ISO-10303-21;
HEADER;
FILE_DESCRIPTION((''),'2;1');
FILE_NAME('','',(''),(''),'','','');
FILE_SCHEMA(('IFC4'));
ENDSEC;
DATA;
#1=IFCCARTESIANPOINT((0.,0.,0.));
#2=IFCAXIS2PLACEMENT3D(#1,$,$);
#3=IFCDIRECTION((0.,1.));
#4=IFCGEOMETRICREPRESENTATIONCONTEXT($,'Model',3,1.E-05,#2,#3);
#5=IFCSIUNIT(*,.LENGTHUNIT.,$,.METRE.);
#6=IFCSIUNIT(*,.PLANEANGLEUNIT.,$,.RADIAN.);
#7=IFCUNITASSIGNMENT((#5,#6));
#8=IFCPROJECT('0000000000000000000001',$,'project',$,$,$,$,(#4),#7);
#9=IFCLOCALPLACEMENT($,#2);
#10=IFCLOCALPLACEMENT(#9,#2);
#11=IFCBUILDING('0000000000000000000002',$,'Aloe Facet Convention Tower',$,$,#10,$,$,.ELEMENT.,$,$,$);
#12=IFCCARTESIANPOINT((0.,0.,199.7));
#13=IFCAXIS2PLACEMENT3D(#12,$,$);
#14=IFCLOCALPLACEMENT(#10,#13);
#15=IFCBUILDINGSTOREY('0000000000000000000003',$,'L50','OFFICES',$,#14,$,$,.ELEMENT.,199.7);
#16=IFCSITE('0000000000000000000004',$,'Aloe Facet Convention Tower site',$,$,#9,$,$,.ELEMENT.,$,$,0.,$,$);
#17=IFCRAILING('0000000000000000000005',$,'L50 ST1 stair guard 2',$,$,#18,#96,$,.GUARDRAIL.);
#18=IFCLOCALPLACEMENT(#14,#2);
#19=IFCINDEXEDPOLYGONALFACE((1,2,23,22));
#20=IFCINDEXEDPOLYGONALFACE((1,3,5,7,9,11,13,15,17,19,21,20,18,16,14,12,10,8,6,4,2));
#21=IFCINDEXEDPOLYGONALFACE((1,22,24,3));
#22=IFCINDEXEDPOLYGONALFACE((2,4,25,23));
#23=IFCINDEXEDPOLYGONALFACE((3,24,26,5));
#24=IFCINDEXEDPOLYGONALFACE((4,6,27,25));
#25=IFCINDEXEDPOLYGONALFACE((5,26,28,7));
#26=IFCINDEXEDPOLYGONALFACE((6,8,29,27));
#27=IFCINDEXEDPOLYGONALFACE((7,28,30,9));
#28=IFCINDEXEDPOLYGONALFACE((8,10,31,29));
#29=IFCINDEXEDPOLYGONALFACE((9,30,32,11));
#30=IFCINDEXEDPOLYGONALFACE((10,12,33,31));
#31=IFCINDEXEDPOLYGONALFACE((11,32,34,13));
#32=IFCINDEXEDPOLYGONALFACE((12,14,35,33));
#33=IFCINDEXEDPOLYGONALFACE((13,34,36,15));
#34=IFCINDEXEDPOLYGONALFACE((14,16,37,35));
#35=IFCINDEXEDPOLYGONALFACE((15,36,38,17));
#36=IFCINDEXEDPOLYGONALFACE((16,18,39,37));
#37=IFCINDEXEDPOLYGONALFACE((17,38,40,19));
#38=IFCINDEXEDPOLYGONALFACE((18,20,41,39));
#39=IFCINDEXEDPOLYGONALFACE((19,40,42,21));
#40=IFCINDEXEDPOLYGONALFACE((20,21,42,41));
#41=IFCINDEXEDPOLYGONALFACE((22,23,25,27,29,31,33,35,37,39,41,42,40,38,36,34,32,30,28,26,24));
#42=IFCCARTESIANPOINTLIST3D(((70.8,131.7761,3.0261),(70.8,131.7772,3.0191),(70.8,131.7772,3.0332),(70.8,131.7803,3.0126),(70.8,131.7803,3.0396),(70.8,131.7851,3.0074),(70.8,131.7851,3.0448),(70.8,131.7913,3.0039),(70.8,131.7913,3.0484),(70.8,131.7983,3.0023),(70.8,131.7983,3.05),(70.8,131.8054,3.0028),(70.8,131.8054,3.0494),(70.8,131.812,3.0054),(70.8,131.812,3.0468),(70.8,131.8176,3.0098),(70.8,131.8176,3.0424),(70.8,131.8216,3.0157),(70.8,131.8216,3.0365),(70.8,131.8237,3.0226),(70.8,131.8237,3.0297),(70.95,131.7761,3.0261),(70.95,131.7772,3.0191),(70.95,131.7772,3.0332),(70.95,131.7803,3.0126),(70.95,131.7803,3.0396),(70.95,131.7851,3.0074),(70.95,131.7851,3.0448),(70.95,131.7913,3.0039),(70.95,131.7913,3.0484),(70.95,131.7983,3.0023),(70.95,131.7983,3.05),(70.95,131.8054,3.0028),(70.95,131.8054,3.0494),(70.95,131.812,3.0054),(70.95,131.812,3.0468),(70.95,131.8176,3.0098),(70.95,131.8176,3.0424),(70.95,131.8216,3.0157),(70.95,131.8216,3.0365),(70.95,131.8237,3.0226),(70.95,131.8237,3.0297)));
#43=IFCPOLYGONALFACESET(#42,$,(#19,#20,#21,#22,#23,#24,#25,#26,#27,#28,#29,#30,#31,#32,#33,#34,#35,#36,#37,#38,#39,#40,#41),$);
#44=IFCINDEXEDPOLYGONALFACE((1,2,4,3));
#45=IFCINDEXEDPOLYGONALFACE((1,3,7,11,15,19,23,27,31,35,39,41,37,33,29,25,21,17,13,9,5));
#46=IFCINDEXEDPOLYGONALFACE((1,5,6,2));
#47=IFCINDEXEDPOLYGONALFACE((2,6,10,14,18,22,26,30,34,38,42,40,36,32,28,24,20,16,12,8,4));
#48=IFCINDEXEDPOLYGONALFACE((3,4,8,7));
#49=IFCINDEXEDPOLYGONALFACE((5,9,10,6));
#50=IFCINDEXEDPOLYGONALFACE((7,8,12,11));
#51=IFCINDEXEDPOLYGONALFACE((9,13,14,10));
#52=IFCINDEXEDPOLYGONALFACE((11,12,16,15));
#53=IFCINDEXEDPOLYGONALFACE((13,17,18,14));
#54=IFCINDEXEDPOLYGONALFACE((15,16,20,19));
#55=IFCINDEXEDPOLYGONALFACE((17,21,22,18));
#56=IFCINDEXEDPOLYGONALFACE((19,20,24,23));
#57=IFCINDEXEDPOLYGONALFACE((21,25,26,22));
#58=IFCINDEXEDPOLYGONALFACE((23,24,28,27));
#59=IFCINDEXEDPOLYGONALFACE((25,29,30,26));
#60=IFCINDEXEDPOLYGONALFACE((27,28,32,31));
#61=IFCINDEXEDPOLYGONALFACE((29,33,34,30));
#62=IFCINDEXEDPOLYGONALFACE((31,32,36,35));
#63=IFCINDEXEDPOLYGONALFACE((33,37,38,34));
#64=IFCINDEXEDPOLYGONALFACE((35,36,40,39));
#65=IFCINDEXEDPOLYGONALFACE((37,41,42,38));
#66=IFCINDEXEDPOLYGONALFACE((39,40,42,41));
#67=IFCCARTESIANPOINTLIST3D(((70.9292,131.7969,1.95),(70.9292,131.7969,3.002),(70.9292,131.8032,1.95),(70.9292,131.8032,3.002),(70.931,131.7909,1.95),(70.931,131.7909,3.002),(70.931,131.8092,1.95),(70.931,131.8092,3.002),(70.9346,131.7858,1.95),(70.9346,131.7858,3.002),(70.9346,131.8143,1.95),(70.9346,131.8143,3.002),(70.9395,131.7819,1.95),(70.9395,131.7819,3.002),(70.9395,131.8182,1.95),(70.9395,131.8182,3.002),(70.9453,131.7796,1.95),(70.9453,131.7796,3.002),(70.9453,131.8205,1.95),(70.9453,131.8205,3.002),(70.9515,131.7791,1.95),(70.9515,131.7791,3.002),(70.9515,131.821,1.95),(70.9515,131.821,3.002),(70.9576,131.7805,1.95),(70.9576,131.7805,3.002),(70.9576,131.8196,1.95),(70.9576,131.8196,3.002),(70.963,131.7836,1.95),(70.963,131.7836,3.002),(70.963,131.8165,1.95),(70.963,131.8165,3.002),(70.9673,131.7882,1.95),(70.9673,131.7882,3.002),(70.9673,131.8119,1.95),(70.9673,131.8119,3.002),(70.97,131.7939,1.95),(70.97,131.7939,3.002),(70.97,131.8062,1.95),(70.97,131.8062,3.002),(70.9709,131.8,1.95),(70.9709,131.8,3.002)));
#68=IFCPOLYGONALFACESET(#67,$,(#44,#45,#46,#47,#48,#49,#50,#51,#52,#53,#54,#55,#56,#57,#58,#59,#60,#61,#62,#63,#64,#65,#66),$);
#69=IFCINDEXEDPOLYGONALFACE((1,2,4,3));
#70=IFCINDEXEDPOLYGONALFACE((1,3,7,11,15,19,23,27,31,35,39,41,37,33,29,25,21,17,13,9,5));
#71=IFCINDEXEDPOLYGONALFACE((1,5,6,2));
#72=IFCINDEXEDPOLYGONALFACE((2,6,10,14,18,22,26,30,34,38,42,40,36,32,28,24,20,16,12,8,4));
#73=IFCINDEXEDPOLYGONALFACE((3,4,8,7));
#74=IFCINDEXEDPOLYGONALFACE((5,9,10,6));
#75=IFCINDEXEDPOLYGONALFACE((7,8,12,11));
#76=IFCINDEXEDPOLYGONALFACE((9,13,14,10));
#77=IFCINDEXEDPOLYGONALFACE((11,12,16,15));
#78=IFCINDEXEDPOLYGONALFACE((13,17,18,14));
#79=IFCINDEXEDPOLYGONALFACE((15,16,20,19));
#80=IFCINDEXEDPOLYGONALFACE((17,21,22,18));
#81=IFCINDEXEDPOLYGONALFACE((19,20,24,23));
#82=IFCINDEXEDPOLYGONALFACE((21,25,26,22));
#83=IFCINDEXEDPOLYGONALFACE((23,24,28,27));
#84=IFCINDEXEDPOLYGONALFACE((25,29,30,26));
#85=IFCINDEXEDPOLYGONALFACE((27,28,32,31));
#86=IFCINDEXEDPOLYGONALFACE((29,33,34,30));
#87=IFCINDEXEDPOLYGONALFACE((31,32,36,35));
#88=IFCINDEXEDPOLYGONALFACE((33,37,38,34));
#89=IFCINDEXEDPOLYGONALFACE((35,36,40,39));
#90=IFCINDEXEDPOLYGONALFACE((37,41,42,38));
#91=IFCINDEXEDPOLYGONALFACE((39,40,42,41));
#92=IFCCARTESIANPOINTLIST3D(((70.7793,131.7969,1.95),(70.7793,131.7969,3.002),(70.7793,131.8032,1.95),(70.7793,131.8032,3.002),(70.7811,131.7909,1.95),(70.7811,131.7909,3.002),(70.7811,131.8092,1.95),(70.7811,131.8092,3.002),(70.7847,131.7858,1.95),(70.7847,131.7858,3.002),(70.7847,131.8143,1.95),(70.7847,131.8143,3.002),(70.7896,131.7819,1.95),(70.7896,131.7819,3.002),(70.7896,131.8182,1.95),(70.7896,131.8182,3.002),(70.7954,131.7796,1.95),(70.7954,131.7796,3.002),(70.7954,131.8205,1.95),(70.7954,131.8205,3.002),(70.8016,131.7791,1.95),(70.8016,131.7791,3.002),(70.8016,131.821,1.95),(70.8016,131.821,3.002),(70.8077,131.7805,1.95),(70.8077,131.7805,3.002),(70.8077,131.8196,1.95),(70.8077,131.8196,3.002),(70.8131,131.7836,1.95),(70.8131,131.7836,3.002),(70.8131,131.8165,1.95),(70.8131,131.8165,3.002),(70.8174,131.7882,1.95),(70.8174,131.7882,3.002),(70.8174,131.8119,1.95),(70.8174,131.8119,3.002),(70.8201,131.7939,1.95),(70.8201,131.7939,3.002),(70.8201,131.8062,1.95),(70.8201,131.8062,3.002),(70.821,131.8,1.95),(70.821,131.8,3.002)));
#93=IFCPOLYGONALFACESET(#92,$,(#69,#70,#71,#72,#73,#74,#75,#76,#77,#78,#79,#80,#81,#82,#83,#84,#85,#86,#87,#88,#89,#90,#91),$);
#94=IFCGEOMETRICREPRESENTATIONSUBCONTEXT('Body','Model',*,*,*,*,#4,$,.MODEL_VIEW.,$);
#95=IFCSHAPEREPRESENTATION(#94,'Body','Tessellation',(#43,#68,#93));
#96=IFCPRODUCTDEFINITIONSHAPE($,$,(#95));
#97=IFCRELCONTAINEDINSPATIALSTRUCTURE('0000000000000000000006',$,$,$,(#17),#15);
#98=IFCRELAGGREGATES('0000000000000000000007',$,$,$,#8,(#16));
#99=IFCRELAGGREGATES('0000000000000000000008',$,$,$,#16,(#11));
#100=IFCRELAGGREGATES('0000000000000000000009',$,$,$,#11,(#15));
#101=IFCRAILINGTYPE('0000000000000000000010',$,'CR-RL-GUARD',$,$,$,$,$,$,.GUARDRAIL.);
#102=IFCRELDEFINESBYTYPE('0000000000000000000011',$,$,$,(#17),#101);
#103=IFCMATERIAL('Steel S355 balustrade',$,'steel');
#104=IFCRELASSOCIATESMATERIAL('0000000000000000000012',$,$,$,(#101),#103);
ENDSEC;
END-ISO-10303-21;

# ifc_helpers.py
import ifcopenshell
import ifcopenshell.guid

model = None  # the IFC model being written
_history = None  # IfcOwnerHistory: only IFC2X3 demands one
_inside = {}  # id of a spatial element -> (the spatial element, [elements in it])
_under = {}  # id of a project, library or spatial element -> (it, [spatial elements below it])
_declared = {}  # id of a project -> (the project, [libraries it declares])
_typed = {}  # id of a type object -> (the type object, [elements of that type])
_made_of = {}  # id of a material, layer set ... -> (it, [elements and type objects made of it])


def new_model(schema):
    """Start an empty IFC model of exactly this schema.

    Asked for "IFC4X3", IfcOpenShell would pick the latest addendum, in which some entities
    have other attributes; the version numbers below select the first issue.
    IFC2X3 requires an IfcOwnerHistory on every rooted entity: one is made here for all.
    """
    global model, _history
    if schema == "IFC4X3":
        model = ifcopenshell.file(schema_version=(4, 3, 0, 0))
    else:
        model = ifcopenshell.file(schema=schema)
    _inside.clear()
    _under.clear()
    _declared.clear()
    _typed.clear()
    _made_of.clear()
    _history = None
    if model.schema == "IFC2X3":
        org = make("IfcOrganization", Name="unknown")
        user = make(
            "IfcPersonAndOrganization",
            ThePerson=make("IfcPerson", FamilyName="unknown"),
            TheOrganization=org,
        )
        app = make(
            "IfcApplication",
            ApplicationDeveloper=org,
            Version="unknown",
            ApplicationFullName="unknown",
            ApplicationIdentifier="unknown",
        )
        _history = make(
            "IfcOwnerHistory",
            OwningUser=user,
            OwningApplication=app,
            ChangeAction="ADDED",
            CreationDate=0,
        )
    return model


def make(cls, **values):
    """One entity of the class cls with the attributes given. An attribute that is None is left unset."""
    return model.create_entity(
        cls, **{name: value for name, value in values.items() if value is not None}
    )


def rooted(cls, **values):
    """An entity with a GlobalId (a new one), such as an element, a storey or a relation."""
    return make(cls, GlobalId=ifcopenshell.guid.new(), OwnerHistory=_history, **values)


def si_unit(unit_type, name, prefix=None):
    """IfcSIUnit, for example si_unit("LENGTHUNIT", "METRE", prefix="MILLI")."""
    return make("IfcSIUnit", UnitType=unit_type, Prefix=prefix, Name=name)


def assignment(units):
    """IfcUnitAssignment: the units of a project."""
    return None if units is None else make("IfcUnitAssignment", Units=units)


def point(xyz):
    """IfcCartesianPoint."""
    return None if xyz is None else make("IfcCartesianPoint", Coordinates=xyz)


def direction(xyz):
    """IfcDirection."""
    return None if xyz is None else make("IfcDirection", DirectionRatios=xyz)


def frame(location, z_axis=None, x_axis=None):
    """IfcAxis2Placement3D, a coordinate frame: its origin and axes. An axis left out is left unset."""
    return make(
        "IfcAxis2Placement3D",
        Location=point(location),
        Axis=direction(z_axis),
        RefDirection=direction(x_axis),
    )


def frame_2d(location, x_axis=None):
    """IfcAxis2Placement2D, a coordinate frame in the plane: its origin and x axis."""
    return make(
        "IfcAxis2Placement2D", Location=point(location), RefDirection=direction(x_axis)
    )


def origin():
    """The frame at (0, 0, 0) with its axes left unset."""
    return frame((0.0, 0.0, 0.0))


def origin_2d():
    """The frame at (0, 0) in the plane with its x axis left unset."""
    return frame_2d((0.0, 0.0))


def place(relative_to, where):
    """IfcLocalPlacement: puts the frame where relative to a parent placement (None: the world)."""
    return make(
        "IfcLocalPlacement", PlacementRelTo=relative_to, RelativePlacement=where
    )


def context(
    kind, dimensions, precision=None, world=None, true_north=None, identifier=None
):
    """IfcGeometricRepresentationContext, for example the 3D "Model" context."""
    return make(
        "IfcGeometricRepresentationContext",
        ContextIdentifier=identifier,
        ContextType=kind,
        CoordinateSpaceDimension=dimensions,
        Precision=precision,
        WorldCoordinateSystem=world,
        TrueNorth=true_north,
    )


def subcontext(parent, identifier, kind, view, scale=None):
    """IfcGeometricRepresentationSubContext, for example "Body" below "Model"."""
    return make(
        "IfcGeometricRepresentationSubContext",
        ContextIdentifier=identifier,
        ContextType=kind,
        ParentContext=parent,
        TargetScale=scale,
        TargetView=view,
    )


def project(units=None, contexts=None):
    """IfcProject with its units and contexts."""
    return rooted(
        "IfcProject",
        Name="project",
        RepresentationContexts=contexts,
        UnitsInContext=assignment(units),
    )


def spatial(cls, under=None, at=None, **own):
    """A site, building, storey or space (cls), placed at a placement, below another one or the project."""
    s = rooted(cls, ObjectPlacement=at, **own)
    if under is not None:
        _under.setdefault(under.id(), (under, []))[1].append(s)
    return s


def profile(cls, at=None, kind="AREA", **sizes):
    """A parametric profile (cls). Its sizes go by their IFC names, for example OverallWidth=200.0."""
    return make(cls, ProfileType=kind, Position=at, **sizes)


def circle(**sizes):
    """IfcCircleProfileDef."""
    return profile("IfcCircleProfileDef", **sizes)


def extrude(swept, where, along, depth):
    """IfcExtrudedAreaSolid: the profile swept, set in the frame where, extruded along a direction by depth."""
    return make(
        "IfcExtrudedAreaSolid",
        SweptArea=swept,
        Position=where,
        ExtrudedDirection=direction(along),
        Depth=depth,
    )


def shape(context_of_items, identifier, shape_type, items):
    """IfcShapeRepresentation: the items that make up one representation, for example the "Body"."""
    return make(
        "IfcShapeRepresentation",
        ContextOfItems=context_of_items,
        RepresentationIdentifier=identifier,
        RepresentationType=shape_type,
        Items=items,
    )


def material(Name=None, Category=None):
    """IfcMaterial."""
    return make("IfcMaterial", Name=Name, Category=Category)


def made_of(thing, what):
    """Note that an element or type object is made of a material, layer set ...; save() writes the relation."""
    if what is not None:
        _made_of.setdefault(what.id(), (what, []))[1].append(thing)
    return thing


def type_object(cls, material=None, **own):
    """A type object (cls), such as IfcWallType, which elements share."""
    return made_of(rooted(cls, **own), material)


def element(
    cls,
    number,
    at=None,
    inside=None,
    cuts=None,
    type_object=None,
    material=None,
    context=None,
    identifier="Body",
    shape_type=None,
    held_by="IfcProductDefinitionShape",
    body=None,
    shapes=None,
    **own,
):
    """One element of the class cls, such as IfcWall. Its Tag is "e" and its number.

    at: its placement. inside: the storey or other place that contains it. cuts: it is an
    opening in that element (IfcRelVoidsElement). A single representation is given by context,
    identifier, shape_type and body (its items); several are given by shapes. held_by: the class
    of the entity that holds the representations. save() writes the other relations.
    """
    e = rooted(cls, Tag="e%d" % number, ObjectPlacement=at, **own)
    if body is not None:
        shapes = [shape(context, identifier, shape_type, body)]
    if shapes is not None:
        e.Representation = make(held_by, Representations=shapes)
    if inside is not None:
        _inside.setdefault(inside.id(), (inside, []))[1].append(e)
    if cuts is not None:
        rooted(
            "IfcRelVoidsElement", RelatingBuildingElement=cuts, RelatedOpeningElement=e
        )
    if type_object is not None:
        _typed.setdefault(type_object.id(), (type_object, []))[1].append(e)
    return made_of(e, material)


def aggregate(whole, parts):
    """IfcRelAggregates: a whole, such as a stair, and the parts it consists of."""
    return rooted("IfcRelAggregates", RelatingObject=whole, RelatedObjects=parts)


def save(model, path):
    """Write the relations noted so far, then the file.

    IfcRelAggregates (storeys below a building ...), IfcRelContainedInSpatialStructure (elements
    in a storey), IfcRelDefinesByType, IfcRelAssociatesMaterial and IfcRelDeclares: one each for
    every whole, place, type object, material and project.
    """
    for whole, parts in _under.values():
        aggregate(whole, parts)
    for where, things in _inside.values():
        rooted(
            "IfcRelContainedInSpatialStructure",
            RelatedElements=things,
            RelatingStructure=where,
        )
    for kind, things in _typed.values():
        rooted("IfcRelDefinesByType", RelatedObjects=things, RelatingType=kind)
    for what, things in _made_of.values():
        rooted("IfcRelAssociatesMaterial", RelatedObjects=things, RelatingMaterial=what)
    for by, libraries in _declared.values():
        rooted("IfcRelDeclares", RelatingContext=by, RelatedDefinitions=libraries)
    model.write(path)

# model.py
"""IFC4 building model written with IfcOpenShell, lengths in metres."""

from ifc_helpers import new_model, si_unit, direction, frame, origin, origin_2d, place, context, subcontext, project, spatial, circle, extrude, material, type_object, element, save


model = new_model("IFC4")

# Units and contexts
model_context = context("Model", 3, precision=1e-05, world=origin(), true_north=direction((0.0, 1.0)))
body_context = subcontext(model_context, "Body", "Model", "MODEL_VIEW")
ifc_project = project(units=[si_unit("LENGTHUNIT", "METRE"), si_unit("PLANEANGLEUNIT", "RADIAN")], contexts=[model_context])

# Site, building, storey
site_placement = place(None, origin())
site = spatial("IfcSite", under=ifc_project, at=site_placement, Name="Aloe Facet Convention Tower site", CompositionType="ELEMENT", RefElevation=0.0)
building_placement = place(site_placement, origin())
building = spatial("IfcBuilding", under=site, at=building_placement, Name="Aloe Facet Convention Tower", CompositionType="ELEMENT")
storey_placement = place(building_placement, frame((0.0, 0.0, 199.7)))
storey = spatial("IfcBuildingStorey", under=building, at=storey_placement, Name="L50", Description="OFFICES", CompositionType="ELEMENT", Elevation=199.7)

# Railing
ifc_material_1 = material(Name="Steel S355 balustrade", Category="steel")
railing_type_1 = type_object("IfcRailingType", Name="CR-RL-GUARD", PredefinedType="GUARDRAIL", material=ifc_material_1)
railing_1_placement = place(storey_placement, frame((70.95, 131.8, 1.95)))
element("IfcRailing", 1, at=railing_1_placement, inside=storey, type_object=railing_type_1, Name="L50 ST1 stair guard 2", PredefinedType="GUARDRAIL", context=body_context, shape_type="SweptSolid", body=[
    extrude(circle(Radius=0.0239, at=origin_2d()), frame((0.0, 0.0, 1.0762), z_axis=(-1.0, 0.0, 0.0), x_axis=(0.0, -1.0, 0.0)), (0.0, 0.0, 1.0), 0.1499),
    extrude(circle(Radius=0.021, at=origin_2d()), origin(), (0.0, 0.0, 1.0), 1.052),
    extrude(circle(Radius=0.021, at=origin_2d()), frame((-0.1499, 0.0, 0.0)), (0.0, 0.0, 1.0), 1.052),
])

save(model, "model.ifc")
